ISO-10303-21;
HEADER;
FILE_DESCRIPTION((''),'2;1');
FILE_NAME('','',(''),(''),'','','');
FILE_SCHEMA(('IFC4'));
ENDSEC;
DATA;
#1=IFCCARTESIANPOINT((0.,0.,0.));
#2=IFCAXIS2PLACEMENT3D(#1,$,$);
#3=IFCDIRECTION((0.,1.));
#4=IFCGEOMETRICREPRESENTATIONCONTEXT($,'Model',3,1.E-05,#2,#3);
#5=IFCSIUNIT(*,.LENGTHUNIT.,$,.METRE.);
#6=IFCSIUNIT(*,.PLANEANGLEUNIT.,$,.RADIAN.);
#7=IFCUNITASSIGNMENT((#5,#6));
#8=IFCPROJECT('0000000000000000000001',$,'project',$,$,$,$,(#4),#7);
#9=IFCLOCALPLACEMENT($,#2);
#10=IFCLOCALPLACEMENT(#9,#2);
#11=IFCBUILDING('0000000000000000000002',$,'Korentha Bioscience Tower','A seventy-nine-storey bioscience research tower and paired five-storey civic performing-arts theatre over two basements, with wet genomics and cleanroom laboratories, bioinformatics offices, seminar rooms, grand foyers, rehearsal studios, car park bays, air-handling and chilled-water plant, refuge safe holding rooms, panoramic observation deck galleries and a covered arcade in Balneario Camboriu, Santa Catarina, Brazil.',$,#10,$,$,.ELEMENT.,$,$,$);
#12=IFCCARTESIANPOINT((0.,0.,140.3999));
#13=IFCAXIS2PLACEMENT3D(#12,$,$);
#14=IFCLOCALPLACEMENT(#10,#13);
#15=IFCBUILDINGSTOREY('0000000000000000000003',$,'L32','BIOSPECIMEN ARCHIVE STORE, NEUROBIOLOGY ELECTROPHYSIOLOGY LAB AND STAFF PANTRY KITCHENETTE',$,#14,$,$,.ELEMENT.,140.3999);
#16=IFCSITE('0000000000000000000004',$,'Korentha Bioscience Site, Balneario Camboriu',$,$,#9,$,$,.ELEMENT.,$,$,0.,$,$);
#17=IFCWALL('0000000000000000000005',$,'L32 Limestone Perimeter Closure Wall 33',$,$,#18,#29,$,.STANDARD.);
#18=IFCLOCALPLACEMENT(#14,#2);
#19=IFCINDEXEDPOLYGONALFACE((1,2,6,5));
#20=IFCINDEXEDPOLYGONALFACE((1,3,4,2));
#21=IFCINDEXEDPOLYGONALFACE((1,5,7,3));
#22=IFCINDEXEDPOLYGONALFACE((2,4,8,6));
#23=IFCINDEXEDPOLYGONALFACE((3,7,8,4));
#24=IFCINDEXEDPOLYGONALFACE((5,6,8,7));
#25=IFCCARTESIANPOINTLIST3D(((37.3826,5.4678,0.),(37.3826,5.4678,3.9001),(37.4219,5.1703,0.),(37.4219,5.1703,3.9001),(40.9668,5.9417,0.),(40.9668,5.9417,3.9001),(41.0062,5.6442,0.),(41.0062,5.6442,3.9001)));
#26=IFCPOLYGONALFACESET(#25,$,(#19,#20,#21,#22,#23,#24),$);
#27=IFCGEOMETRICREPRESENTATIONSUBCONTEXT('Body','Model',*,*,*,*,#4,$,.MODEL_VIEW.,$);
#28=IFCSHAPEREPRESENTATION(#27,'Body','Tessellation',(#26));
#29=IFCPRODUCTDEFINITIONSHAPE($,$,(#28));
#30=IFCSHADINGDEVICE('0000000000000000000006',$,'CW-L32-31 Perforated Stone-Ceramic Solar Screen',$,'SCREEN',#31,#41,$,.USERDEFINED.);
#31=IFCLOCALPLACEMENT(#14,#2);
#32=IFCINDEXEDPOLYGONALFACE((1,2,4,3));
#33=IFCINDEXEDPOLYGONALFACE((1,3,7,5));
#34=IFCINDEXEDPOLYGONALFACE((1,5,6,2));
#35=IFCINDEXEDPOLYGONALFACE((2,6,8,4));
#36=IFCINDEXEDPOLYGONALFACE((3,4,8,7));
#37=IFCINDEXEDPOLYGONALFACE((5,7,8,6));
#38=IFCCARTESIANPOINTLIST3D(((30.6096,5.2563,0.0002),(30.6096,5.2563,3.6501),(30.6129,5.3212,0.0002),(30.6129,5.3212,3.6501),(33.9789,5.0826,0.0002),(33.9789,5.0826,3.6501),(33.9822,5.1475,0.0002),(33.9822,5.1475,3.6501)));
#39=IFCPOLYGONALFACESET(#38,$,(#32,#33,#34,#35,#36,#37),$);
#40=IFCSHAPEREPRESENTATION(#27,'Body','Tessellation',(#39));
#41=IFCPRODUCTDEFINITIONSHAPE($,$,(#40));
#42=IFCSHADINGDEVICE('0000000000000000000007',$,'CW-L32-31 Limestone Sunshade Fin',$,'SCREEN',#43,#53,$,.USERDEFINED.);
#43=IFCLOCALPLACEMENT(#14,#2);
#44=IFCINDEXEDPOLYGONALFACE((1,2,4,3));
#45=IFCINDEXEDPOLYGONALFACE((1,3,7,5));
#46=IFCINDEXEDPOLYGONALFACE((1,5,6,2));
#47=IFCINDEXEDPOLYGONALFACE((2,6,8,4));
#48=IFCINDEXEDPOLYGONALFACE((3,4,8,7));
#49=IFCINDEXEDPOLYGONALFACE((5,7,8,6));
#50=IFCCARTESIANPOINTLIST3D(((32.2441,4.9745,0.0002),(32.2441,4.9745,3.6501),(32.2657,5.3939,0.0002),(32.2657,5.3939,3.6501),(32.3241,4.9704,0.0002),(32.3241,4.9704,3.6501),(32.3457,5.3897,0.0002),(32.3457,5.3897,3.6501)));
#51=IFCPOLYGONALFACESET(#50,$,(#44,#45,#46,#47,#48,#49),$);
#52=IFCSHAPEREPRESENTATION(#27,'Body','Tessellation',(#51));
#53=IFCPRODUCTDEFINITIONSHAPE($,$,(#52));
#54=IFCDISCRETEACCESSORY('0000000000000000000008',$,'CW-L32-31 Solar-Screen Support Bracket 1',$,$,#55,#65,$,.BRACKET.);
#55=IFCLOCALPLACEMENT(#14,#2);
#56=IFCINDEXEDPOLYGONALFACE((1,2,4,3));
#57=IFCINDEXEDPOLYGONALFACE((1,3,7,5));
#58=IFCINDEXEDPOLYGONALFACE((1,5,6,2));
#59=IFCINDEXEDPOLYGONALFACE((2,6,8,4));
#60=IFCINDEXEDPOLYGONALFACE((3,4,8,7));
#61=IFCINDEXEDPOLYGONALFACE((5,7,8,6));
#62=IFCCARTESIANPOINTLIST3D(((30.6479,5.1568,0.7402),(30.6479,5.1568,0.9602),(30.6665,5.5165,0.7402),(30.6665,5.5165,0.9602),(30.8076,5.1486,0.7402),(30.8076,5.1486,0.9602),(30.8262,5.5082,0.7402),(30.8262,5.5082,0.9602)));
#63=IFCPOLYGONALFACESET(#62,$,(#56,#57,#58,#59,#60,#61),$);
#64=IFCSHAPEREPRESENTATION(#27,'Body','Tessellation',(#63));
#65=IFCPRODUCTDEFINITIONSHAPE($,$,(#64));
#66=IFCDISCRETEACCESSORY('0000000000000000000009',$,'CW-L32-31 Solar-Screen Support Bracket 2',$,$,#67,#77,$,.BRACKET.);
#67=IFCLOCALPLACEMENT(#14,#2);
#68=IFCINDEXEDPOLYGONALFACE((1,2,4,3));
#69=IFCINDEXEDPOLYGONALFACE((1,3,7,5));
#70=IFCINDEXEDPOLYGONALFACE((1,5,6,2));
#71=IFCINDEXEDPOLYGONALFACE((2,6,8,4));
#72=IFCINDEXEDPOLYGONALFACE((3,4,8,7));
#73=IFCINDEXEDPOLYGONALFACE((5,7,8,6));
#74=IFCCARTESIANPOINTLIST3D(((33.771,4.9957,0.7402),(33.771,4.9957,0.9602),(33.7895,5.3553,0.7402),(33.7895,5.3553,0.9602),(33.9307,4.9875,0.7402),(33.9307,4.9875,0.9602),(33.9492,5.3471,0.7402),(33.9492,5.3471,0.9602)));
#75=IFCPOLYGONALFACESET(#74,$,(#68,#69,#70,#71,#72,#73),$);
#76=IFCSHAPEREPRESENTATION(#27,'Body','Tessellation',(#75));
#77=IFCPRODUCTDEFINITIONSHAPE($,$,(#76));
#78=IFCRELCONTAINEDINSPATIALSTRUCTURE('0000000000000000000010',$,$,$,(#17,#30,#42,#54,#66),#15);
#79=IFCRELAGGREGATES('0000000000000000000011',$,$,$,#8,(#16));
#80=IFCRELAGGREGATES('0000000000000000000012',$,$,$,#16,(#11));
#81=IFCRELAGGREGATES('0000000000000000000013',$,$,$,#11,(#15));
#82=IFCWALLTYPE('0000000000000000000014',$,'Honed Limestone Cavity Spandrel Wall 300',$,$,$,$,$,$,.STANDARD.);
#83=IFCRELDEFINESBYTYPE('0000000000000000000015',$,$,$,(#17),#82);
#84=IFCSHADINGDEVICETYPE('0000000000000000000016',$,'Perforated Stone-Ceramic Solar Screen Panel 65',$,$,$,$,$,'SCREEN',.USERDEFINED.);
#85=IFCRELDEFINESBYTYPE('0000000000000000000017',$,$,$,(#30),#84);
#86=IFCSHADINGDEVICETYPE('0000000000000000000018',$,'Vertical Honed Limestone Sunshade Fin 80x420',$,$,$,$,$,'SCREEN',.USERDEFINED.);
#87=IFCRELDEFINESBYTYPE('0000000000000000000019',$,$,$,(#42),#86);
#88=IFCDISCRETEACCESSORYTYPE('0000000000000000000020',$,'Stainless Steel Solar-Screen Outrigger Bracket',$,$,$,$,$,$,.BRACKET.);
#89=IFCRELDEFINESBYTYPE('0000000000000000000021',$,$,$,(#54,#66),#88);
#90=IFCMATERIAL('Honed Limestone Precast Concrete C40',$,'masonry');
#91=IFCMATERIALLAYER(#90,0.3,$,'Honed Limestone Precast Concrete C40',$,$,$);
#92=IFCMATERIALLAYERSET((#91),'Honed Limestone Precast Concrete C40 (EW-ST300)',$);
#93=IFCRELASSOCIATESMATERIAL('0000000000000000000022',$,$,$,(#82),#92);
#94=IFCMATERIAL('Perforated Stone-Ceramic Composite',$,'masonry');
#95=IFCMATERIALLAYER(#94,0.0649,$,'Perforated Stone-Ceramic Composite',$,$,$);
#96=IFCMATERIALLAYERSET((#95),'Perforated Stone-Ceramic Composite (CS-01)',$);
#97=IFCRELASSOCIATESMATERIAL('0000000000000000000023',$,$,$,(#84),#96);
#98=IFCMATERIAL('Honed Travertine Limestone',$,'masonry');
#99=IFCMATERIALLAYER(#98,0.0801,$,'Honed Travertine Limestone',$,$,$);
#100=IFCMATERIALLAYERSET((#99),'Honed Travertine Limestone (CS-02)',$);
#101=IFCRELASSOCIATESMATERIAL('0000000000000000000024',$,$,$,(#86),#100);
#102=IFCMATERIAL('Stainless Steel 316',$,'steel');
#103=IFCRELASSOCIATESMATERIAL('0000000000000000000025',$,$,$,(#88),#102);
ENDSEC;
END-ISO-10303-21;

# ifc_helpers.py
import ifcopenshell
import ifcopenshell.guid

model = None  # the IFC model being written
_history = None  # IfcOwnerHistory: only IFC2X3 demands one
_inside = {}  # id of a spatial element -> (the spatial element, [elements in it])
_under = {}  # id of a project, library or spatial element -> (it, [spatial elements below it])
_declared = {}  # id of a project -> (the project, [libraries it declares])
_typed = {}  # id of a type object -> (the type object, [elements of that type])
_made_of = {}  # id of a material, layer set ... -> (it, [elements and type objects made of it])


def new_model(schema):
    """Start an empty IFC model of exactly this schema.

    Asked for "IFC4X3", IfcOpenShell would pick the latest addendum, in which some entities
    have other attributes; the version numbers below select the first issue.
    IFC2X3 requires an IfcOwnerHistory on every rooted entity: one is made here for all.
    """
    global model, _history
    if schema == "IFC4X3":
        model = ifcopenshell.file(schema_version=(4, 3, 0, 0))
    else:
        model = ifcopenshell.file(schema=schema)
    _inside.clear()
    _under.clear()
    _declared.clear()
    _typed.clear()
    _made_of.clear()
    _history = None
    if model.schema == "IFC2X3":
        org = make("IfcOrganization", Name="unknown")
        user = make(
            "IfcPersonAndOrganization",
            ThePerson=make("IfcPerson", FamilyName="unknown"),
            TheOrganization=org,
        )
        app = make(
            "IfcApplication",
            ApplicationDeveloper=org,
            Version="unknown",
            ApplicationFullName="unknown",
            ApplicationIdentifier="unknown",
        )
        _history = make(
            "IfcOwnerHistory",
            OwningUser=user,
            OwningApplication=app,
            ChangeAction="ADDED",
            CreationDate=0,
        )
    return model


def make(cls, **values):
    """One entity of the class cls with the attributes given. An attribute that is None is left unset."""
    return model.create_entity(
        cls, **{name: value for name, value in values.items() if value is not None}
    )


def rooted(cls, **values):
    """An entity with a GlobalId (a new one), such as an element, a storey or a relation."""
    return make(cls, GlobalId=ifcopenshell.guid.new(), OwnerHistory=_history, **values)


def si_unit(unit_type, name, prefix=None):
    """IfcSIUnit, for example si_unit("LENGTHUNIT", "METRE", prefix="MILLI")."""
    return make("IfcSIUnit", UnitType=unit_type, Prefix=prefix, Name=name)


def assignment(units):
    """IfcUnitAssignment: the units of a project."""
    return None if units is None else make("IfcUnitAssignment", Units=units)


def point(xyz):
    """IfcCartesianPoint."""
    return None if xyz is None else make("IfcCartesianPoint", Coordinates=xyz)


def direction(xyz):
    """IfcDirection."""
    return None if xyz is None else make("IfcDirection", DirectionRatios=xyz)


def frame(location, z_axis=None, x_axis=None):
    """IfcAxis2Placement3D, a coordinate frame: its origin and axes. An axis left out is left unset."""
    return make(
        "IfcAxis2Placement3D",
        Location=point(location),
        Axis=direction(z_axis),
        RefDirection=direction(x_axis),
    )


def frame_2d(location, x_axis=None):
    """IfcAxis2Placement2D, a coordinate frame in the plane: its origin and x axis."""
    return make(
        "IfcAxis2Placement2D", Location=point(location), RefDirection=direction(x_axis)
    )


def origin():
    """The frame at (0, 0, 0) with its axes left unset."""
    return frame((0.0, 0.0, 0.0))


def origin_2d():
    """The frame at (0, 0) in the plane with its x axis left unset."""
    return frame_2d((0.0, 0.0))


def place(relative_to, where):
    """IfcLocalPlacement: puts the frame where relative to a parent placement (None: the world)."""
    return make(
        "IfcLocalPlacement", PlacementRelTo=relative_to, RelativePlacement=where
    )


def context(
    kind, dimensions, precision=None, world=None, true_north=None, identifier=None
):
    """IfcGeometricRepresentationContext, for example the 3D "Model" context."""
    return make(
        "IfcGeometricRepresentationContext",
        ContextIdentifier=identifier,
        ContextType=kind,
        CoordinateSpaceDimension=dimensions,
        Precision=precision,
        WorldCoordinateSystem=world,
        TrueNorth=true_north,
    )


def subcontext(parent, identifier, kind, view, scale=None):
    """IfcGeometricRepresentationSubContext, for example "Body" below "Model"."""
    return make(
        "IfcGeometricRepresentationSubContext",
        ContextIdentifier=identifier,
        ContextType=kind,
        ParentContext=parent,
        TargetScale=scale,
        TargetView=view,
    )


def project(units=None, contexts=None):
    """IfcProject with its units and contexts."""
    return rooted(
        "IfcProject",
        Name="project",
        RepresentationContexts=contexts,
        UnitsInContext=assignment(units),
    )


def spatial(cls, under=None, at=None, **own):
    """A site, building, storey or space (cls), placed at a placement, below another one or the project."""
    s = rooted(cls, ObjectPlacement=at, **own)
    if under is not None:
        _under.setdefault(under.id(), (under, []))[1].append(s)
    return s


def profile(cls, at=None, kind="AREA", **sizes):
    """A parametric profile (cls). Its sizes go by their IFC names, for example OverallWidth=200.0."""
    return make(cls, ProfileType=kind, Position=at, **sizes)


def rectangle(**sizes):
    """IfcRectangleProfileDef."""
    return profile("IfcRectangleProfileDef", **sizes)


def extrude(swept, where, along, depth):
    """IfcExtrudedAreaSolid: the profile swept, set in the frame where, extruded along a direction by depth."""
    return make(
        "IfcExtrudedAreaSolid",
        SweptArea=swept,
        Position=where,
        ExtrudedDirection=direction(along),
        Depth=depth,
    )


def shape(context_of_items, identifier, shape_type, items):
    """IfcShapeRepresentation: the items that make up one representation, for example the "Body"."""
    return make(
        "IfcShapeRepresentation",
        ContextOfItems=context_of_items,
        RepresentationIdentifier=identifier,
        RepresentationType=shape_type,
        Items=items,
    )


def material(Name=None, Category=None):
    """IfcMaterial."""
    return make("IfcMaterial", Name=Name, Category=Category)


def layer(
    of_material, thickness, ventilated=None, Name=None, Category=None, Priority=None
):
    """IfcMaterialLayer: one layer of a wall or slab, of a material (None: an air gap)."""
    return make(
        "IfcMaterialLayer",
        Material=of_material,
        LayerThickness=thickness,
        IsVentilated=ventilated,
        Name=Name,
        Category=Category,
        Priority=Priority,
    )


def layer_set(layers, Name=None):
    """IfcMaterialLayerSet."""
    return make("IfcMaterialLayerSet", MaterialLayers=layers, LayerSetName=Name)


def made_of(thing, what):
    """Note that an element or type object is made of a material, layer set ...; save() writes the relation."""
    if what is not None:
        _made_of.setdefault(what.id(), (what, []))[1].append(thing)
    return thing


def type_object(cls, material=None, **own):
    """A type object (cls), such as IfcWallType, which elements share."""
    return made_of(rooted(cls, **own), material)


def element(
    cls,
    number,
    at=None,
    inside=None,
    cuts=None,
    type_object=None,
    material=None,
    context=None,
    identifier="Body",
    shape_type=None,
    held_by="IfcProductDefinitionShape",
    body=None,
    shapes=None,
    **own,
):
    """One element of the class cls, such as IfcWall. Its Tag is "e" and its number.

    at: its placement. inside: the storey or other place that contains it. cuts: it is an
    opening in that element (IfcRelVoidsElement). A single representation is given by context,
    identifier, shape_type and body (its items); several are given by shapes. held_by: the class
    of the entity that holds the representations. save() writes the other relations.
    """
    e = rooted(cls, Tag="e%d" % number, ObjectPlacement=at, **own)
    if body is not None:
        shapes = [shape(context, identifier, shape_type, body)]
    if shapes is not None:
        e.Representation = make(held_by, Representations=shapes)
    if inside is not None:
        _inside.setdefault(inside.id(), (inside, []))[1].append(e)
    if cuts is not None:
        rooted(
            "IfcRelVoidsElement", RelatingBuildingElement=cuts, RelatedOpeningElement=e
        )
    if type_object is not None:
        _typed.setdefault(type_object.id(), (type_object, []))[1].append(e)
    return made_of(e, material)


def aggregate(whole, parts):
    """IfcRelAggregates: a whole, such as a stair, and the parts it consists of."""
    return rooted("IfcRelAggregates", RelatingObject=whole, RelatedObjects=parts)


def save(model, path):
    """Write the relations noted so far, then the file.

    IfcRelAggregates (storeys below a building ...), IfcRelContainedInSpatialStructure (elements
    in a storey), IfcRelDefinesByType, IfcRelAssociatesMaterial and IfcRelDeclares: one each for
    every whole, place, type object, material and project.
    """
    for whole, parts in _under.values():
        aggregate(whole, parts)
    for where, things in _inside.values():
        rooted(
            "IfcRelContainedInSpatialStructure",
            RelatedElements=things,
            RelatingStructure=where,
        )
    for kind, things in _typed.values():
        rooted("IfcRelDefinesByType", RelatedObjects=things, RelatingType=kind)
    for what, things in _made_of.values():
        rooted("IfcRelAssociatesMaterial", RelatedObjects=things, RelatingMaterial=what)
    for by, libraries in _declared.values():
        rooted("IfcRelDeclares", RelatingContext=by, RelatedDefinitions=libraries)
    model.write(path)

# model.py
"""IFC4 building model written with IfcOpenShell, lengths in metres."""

from ifc_helpers import new_model, si_unit, direction, frame, frame_2d, origin, origin_2d, place, context, subcontext, project, spatial, rectangle, extrude, material, layer, layer_set, type_object, element, save


model = new_model("IFC4")

# Units and contexts
model_context = context("Model", 3, precision=1e-05, world=origin(), true_north=direction((0.0, 1.0)))
body_context = subcontext(model_context, "Body", "Model", "MODEL_VIEW")
ifc_project = project(units=[si_unit("LENGTHUNIT", "METRE"), si_unit("PLANEANGLEUNIT", "RADIAN")], contexts=[model_context])

# Site, building, storey
site_placement = place(None, origin())
site = spatial("IfcSite", under=ifc_project, at=site_placement, Name="Korentha Bioscience Site, Balneario Camboriu", CompositionType="ELEMENT", RefElevation=0.0)
building_placement = place(site_placement, origin())
building = spatial("IfcBuilding", under=site, at=building_placement, Name="Korentha Bioscience Tower", Description="A seventy-nine-storey bioscience research tower and paired five-storey civic performing-arts theatre over two basements, with wet genomics and cleanroom laboratories, bioinformatics offices, seminar rooms, grand foyers, rehearsal studios, car park bays, air-handling and chilled-water plant, refuge safe holding rooms, panoramic observation deck galleries and a covered arcade in Balneario Camboriu, Santa Catarina, Brazil.", CompositionType="ELEMENT")
storey_placement = place(building_placement, frame((0.0, 0.0, 140.3999)))
storey = spatial("IfcBuildingStorey", under=building, at=storey_placement, Name="L32", Description="BIOSPECIMEN ARCHIVE STORE, NEUROBIOLOGY ELECTROPHYSIOLOGY LAB AND STAFF PANTRY KITCHENETTE", CompositionType="ELEMENT", Elevation=140.3999)

# Shared definitions
ifc_material_1 = material(Name="Honed Limestone Precast Concrete C40", Category="masonry")
ifc_layer_1 = layer(ifc_material_1, 0.3, Name="Honed Limestone Precast Concrete C40")
ifc_layer_set_1 = layer_set([ifc_layer_1], Name="Honed Limestone Precast Concrete C40 (EW-ST300)")
wall_type_1 = type_object("IfcWallType", Name="Honed Limestone Cavity Spandrel Wall 300", PredefinedType="STANDARD", material=ifc_layer_set_1)

# Wall
wall_1_placement = place(storey_placement, frame((37.4023, 5.3191, 0.0), z_axis=(0.0, 0.0, 1.0), x_axis=(0.991373, 0.131071, 0.0)))
element("IfcWall", 1, at=wall_1_placement, inside=storey, type_object=wall_type_1, Name="L32 Limestone Perimeter Closure Wall 33", PredefinedType="STANDARD", context=body_context, shape_type="SweptSolid", body=[
    extrude(rectangle(XDim=3.6155, YDim=0.3, at=frame_2d((1.8076, 0.0))), origin(), (0.0, 0.0, 1.0), 3.9001),
])

# Shading devices
ifc_material_2 = material(Name="Perforated Stone-Ceramic Composite", Category="masonry")
ifc_layer_2 = layer(ifc_material_2, 0.0649, Name="Perforated Stone-Ceramic Composite")
ifc_layer_set_2 = layer_set([ifc_layer_2], Name="Perforated Stone-Ceramic Composite (CS-01)")
shading_device_type_1 = type_object("IfcShadingDeviceType", Name="Perforated Stone-Ceramic Solar Screen Panel 65", ElementType="SCREEN", PredefinedType="USERDEFINED", material=ifc_layer_set_2)
shading_device_1_placement = place(storey_placement, frame((32.2959, 5.2019, 0.0002), z_axis=(0.0, 0.0, 1.0), x_axis=(0.998673, -0.051495, 0.0)))
element("IfcShadingDevice", 2, at=shading_device_1_placement, inside=storey, type_object=shading_device_type_1, Name="CW-L32-31 Perforated Stone-Ceramic Solar Screen", ObjectType="SCREEN", PredefinedType="USERDEFINED", context=body_context, shape_type="SweptSolid", body=[
    extrude(rectangle(XDim=3.3738, YDim=0.0649, at=origin_2d()), origin(), (0.0, 0.0, 1.0), 3.6499),
])
ifc_material_3 = material(Name="Honed Travertine Limestone", Category="masonry")
ifc_layer_3 = layer(ifc_material_3, 0.0801, Name="Honed Travertine Limestone")
ifc_layer_set_3 = layer_set([ifc_layer_3], Name="Honed Travertine Limestone (CS-02)")
shading_device_type_2 = type_object("IfcShadingDeviceType", Name="Vertical Honed Limestone Sunshade Fin 80x420", ElementType="SCREEN", PredefinedType="USERDEFINED", material=ifc_layer_set_3)
shading_device_2_placement = place(storey_placement, frame((32.2949, 5.1821, 0.0002), z_axis=(0.0, 0.0, 1.0), x_axis=(0.998673, -0.051495, 0.0)))
element("IfcShadingDevice", 3, at=shading_device_2_placement, inside=storey, type_object=shading_device_type_2, Name="CW-L32-31 Limestone Sunshade Fin", ObjectType="SCREEN", PredefinedType="USERDEFINED", context=body_context, shape_type="SweptSolid", body=[
    extrude(rectangle(XDim=0.0801, YDim=0.4199, at=origin_2d()), origin(), (0.0, 0.0, 1.0), 3.6499),
])

# Discrete accessories
ifc_material_4 = material(Name="Stainless Steel 316", Category="steel")
discrete_accessory_type = type_object("IfcDiscreteAccessoryType", Name="Stainless Steel Solar-Screen Outrigger Bracket", PredefinedType="BRACKET", material=ifc_material_4)
for number, where, z_axis, x_axis, name in (
    (4, (30.7371, 5.3325, 0.7402), (0.0, 0.0, 1.0), (0.998673, -0.051495, 0.0), "CW-L32-31 Solar-Screen Support Bracket 1"),
    (5, (33.8601, 5.1714, 0.7402), (0.0, 0.0, 1.0), (0.998673, -0.051495, 0.0), "CW-L32-31 Solar-Screen Support Bracket 2"),
):
    element("IfcDiscreteAccessory", number, at=place(storey_placement, frame(where, z_axis=z_axis, x_axis=x_axis)), inside=storey, type_object=discrete_accessory_type, Name=name, PredefinedType="BRACKET", context=body_context, shape_type="SweptSolid", body=[
        extrude(rectangle(XDim=0.1599, YDim=0.3601, at=origin_2d()), origin(), (0.0, 0.0, 1.0), 0.22),
    ])

save(model, "model.ifc")
